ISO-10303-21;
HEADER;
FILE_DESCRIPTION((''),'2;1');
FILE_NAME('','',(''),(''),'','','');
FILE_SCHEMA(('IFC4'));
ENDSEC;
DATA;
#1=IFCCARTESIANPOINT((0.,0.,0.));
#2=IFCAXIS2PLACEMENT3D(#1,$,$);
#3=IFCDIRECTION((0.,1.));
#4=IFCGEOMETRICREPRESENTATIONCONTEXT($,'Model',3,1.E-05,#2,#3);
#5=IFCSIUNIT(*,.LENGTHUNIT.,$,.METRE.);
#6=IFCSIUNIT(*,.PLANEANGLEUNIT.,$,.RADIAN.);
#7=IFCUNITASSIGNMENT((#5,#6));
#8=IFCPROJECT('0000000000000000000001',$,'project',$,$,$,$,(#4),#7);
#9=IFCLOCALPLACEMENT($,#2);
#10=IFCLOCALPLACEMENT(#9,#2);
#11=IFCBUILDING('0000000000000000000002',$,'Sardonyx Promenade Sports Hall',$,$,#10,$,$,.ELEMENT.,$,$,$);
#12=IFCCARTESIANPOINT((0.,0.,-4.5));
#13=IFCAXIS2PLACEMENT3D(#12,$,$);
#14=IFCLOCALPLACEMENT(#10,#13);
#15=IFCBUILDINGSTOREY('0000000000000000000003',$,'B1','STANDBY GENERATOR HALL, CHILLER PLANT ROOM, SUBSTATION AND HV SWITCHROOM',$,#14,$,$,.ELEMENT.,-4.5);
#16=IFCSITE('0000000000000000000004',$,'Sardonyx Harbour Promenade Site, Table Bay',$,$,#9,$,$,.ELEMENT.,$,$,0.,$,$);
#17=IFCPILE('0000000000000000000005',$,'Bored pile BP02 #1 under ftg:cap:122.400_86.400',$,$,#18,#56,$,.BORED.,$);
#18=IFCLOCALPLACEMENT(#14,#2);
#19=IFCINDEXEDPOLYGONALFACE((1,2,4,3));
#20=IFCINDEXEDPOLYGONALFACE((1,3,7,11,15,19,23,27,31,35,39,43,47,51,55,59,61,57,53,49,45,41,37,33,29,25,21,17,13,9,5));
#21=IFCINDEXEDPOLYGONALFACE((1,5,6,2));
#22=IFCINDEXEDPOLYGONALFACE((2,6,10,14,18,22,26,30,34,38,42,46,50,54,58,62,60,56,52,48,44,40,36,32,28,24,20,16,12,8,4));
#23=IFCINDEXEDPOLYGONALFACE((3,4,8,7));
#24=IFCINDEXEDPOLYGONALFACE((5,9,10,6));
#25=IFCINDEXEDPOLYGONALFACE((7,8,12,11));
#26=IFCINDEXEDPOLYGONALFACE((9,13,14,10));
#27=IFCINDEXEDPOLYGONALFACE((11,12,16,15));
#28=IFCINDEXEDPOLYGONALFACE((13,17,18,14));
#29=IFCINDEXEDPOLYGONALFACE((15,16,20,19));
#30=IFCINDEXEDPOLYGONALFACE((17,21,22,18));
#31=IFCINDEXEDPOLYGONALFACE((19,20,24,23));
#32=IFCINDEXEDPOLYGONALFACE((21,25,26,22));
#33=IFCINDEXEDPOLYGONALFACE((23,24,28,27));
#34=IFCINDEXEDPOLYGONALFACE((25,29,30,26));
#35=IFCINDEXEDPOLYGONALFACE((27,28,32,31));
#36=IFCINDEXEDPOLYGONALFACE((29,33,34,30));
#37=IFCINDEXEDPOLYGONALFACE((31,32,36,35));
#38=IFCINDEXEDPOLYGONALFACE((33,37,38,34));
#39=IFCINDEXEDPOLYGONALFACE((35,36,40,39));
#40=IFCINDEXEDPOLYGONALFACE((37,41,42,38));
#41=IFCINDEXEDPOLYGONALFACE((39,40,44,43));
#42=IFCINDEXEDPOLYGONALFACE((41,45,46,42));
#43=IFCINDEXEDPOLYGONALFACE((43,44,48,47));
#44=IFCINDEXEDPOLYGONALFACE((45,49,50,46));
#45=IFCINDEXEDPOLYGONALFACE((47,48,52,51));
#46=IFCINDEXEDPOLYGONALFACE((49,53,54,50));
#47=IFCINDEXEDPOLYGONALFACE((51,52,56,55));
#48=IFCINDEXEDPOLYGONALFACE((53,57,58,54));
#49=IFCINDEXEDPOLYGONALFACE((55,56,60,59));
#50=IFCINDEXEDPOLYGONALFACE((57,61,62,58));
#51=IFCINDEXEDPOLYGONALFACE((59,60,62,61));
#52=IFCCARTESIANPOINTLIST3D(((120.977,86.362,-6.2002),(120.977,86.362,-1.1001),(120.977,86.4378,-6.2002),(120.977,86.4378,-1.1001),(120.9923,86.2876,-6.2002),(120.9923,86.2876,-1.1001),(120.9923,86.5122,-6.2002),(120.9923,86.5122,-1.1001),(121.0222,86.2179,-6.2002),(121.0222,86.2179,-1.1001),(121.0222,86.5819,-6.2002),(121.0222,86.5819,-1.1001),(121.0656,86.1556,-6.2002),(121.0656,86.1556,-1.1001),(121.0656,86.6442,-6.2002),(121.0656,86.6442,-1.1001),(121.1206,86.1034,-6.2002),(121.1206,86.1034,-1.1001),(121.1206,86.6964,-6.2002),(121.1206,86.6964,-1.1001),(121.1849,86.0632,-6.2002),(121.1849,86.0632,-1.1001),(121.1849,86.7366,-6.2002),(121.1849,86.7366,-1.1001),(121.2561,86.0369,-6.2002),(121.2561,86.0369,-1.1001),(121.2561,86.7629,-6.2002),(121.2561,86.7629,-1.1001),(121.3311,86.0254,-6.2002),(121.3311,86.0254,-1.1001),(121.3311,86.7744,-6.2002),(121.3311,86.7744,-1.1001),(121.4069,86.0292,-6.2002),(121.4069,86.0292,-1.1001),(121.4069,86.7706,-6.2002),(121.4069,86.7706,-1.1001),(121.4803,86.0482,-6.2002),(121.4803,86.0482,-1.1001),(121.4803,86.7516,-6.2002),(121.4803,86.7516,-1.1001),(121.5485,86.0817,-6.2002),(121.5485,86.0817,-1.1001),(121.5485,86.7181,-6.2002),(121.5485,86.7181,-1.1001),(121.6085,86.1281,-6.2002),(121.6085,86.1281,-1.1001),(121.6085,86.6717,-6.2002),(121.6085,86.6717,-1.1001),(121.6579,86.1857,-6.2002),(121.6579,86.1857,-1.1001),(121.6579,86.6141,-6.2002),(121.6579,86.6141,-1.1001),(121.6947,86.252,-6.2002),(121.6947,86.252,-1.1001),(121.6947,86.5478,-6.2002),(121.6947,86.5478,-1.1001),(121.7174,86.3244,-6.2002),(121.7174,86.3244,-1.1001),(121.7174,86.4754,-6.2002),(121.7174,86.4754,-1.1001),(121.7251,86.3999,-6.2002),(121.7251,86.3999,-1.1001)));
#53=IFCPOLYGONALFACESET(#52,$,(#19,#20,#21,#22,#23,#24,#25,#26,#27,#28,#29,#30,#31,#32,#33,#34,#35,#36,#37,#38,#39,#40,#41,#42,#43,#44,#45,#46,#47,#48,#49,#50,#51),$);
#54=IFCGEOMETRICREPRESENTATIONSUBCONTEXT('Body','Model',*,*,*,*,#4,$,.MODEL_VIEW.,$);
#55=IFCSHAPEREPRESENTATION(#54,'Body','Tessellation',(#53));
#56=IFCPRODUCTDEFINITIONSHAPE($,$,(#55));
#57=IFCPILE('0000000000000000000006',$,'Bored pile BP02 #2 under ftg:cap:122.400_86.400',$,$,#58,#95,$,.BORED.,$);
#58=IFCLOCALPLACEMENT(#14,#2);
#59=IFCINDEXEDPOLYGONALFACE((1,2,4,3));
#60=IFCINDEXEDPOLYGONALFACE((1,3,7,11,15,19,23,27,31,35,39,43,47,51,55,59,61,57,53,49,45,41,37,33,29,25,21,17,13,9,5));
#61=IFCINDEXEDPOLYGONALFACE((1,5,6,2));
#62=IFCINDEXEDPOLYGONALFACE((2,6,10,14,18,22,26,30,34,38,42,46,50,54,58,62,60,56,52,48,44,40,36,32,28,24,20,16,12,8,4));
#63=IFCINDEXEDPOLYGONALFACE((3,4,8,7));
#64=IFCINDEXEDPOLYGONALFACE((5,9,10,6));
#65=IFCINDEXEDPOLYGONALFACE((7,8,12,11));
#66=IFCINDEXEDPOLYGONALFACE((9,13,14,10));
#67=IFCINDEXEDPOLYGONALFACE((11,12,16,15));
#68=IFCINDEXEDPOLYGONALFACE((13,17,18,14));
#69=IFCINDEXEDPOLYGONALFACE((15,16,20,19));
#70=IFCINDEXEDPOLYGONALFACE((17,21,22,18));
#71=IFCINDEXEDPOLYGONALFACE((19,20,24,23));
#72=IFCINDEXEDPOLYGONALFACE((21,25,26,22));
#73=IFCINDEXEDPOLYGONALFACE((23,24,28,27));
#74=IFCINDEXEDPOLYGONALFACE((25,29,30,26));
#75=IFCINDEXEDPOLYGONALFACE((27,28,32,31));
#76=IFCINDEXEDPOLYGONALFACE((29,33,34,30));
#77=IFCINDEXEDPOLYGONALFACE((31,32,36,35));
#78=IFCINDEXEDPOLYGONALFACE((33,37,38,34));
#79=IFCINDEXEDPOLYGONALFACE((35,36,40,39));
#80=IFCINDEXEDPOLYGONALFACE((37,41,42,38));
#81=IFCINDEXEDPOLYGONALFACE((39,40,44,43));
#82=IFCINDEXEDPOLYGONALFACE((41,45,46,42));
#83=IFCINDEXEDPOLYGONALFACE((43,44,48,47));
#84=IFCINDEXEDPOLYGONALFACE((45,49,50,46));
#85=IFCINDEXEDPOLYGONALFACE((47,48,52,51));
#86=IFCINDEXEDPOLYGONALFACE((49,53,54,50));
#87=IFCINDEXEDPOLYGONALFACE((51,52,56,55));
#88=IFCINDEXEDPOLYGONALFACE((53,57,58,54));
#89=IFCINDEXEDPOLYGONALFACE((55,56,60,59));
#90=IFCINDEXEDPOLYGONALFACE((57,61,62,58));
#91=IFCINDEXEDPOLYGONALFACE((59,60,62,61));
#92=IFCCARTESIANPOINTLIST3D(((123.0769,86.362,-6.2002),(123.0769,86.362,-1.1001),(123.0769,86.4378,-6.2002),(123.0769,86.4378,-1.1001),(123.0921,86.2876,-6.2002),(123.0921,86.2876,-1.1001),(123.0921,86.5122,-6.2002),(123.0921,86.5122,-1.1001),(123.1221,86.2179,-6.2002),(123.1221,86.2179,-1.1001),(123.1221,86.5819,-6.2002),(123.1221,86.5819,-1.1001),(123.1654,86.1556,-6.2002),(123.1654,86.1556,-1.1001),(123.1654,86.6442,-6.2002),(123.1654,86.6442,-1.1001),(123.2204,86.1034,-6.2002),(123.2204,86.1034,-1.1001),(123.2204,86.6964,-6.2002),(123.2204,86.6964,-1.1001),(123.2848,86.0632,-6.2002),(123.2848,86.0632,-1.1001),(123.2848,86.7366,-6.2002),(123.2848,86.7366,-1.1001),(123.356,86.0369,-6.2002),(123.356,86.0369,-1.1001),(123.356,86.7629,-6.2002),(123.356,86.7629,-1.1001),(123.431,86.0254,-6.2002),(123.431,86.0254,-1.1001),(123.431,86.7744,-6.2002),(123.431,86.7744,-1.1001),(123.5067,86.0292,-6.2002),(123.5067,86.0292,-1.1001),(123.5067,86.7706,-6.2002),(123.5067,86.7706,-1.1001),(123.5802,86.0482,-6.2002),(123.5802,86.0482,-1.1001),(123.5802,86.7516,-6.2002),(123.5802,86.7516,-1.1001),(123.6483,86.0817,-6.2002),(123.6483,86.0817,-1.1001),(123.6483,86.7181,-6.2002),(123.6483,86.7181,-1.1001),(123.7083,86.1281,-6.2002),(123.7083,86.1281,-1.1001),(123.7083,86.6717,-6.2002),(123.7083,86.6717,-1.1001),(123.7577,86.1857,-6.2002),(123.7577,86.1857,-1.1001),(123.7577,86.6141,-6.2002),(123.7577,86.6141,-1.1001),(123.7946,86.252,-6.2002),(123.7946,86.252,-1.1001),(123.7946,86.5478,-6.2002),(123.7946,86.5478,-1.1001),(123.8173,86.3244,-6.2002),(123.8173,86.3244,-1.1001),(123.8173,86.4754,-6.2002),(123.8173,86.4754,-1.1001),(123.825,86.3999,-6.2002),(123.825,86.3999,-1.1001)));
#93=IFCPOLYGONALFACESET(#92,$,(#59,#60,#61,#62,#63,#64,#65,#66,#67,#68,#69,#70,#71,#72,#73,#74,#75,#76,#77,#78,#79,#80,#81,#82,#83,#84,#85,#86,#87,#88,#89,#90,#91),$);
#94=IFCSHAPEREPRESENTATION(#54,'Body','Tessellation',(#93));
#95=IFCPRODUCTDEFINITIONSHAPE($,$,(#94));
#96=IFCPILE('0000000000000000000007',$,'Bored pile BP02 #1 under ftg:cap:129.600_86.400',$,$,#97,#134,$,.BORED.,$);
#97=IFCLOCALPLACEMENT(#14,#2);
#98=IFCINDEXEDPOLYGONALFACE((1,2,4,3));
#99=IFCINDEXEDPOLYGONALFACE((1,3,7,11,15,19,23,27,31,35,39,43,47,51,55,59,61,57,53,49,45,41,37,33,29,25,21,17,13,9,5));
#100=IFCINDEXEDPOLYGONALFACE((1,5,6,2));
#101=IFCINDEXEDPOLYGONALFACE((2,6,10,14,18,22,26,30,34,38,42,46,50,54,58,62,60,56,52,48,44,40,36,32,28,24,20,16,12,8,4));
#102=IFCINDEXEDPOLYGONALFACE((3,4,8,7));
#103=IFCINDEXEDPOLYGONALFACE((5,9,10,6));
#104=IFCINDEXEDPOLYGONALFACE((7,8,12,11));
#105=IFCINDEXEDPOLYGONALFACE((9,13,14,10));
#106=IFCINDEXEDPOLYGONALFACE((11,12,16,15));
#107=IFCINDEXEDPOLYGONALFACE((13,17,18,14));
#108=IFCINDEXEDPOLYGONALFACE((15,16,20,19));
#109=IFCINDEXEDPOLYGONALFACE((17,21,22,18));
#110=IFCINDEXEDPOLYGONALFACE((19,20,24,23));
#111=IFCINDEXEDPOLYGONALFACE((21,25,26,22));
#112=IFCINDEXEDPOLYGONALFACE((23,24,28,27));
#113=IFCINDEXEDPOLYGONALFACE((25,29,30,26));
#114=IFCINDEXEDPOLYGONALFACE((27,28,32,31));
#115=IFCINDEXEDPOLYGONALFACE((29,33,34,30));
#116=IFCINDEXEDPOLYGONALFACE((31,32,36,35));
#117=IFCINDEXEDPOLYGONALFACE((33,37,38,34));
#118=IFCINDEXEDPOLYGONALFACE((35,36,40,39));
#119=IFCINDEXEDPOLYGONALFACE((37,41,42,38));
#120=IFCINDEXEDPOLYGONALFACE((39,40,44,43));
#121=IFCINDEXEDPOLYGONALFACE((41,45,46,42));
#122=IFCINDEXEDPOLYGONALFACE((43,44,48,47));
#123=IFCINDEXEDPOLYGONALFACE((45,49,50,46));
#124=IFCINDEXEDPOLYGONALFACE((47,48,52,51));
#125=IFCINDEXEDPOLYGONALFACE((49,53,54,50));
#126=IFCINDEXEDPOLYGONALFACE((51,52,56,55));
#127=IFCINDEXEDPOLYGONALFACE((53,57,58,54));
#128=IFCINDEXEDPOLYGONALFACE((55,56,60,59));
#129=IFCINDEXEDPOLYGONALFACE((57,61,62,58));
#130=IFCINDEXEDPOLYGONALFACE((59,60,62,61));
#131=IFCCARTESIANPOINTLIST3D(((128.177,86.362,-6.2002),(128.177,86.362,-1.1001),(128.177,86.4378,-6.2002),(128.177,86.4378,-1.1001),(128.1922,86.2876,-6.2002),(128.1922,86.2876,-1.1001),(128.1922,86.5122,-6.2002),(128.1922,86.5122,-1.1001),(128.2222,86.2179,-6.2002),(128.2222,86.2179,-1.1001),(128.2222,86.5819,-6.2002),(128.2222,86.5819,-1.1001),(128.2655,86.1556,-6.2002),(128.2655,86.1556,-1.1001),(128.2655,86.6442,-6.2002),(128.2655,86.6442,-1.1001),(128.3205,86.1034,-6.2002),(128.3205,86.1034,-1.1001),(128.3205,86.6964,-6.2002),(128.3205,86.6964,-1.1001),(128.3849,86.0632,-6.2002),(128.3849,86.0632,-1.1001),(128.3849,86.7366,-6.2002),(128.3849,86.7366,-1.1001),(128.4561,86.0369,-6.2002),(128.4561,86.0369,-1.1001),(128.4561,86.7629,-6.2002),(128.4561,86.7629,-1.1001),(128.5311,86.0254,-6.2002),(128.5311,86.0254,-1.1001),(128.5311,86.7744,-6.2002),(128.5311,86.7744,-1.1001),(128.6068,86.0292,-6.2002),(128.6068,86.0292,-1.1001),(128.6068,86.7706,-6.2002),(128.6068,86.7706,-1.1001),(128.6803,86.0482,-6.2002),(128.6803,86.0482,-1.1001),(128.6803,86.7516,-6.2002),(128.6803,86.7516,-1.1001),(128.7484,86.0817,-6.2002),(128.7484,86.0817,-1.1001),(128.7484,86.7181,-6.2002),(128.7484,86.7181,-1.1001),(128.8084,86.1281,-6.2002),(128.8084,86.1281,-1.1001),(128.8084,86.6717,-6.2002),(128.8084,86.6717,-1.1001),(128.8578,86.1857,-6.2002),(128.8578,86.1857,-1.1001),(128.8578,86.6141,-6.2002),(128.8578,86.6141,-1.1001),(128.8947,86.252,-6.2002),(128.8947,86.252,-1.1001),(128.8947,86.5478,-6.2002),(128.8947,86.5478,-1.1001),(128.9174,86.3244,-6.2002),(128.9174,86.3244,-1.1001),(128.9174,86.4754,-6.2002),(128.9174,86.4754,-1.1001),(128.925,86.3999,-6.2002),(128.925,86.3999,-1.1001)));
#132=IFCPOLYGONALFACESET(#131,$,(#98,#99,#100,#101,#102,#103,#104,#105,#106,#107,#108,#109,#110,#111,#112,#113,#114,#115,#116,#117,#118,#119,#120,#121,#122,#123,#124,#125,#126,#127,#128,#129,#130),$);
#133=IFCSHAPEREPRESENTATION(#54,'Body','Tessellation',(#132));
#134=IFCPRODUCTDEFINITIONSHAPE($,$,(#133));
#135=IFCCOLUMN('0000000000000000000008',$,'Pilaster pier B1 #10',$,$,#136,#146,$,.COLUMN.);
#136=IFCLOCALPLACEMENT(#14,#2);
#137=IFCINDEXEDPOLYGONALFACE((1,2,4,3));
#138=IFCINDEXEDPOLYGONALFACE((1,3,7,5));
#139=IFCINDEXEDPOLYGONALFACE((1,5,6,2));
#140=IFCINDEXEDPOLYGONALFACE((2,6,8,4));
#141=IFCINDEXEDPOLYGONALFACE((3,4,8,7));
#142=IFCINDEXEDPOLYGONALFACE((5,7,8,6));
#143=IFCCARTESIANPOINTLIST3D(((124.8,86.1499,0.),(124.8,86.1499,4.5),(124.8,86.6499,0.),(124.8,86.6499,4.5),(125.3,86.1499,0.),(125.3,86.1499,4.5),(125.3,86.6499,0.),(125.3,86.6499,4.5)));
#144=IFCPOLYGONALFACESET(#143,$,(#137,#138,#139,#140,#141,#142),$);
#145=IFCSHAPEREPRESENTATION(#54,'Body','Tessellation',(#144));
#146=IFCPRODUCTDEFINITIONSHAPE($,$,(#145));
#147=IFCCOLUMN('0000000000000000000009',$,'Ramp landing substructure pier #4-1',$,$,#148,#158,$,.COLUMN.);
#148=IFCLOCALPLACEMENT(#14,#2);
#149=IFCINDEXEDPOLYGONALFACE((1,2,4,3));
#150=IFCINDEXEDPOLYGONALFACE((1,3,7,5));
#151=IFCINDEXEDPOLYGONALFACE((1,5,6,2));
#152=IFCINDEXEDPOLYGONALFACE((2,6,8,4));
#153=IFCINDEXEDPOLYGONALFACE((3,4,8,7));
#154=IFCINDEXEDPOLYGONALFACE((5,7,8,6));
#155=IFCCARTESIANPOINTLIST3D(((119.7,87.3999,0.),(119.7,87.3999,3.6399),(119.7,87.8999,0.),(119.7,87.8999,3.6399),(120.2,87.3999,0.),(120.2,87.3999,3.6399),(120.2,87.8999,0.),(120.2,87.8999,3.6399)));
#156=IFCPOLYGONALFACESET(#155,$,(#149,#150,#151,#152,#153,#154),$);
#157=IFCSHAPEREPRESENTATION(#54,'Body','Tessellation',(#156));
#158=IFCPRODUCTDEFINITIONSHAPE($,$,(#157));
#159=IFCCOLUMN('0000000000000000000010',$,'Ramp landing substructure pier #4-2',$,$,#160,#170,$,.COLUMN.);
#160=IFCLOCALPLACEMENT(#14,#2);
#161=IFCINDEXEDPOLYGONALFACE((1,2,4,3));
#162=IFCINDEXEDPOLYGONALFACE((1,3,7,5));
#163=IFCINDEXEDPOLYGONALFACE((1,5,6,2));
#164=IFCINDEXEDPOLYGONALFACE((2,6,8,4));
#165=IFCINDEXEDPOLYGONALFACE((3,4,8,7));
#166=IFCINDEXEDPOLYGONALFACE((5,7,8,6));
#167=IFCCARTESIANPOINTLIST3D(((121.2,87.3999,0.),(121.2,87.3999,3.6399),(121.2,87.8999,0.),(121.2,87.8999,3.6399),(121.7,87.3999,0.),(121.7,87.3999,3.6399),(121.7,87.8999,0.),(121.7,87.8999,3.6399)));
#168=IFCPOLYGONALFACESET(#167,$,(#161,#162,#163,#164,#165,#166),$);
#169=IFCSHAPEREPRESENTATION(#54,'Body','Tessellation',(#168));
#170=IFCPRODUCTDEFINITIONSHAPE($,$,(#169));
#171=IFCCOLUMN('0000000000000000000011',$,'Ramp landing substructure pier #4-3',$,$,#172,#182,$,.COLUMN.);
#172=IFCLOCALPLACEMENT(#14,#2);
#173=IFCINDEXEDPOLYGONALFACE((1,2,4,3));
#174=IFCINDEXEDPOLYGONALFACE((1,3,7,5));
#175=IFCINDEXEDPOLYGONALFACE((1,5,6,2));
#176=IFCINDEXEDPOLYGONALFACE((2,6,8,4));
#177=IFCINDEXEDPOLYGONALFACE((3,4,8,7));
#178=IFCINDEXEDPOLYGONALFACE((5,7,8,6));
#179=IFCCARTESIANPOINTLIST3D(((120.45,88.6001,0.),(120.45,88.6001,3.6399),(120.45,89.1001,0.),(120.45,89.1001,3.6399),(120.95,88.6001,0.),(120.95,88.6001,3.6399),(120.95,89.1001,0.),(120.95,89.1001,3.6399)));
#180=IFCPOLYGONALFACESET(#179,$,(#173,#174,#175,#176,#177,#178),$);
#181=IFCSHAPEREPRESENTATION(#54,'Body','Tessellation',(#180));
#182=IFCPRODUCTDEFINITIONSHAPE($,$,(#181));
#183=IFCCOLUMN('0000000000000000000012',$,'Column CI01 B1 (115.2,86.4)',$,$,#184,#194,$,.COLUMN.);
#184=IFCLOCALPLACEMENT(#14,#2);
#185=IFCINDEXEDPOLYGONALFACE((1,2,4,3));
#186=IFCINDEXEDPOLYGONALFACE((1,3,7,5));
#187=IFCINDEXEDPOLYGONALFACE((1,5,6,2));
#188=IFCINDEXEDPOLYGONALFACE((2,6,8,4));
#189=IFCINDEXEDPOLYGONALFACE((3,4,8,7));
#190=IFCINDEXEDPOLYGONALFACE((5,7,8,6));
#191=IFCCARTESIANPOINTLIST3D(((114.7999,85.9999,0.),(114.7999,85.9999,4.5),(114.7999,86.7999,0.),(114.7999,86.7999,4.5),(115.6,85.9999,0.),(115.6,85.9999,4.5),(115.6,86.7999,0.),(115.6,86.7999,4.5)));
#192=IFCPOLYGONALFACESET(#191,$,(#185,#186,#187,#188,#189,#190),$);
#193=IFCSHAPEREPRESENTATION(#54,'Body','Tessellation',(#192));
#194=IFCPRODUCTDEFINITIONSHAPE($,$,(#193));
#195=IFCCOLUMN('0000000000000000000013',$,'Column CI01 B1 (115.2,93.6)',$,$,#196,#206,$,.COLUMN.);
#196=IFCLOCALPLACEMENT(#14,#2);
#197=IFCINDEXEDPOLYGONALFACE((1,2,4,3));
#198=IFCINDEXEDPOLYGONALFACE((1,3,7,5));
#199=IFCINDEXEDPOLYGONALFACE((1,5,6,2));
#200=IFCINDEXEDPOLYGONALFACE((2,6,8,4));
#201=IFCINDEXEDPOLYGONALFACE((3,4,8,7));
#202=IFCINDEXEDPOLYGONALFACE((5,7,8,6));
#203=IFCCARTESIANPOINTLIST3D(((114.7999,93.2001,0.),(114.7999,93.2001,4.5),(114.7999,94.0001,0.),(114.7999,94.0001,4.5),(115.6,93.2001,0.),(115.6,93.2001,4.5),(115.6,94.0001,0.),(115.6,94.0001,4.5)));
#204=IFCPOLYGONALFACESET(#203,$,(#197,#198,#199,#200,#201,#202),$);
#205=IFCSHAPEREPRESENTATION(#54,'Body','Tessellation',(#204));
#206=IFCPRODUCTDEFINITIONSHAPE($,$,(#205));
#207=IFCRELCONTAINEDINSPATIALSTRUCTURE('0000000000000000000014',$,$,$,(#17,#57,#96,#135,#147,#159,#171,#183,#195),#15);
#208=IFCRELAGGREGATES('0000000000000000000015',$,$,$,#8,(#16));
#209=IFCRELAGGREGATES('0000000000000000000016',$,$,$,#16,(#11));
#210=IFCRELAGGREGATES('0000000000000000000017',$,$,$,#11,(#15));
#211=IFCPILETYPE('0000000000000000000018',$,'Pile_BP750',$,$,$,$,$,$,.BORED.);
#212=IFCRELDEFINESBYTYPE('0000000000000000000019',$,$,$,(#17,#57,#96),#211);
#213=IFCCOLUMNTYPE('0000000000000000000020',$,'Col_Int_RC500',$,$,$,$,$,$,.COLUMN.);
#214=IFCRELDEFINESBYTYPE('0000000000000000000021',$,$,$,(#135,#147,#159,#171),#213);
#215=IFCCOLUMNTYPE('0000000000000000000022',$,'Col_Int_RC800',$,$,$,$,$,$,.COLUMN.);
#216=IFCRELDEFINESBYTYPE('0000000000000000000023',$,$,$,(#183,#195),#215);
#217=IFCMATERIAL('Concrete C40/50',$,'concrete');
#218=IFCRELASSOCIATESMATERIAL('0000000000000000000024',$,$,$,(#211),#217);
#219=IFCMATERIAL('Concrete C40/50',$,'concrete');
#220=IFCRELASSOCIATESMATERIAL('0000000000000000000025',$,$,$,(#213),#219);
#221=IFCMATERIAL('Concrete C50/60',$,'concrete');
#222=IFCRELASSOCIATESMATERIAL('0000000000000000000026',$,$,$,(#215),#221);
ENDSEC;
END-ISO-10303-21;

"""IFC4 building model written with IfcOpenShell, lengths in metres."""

from ifc_helpers import new_model, si_unit, direction, frame, origin, origin_2d, place, context, subcontext, project, spatial, rectangle, circle, extrude, material, material_profile, profile_set, type_object, element, save


model = new_model("IFC4")

# Units and contexts
model_context = context("Model", 3, precision=1e-05, world=origin(), true_north=direction((0.0, 1.0)))
body_context = subcontext(model_context, "Body", "Model", "MODEL_VIEW")
ifc_project = project(units=[si_unit("LENGTHUNIT", "METRE"), si_unit("PLANEANGLEUNIT", "RADIAN")], contexts=[model_context])

# Site, building, storey
site_placement = place(None, origin())
site = spatial("IfcSite", under=ifc_project, at=site_placement, Name="Sardonyx Harbour Promenade Site, Table Bay", CompositionType="ELEMENT", RefElevation=0.0)
building_placement = place(site_placement, origin())
building = spatial("IfcBuilding", under=site, at=building_placement, Name="Sardonyx Promenade Sports Hall", CompositionType="ELEMENT")
storey_placement = place(building_placement, frame((0.0, 0.0, -4.5)))
storey = spatial("IfcBuildingStorey", under=building, at=storey_placement, Name="B1", Description="STANDBY GENERATOR HALL, CHILLER PLANT ROOM, SUBSTATION AND HV SWITCHROOM", CompositionType="ELEMENT", Elevation=-4.5)

# Piles
ifc_material_1 = material(Name="Concrete C40/50", Category="concrete")
ifc_material_profile_1 = material_profile(ifc_material_1, circle(Radius=0.375, at=origin_2d()))
ifc_profile_set_1 = profile_set([ifc_material_profile_1], Name="Concrete C40/50")
pile_type = type_object("IfcPileType", Name="Pile_BP750", PredefinedType="BORED", material=ifc_profile_set_1)
for number, where, z_axis, x_axis, name in (
    (1, (121.3501, 86.3999, -1.1001), (0.0, 0.0, -1.0), (1.0, 0.0, 0.0), "Bored pile BP02 #1 under ftg:cap:122.400_86.400"),
    (2, (123.45, 86.3999, -1.1001), (0.0, 0.0, -1.0), (1.0, 0.0, 0.0), "Bored pile BP02 #2 under ftg:cap:122.400_86.400"),
    (3, (128.55, 86.3999, -1.1001), (0.0, 0.0, -1.0), (1.0, 0.0, 0.0), "Bored pile BP02 #1 under ftg:cap:129.600_86.400"),
):
    element("IfcPile", number, at=place(storey_placement, frame(where, z_axis=z_axis, x_axis=x_axis)), inside=storey, type_object=pile_type, Name=name, PredefinedType="BORED", context=body_context, shape_type="SweptSolid", body=[
        extrude(circle(Radius=0.375, at=origin_2d()), origin(), (0.0, 0.0, 1.0), 5.1001),
    ])

# Columns
ifc_material_2 = material(Name="Concrete C40/50", Category="concrete")
ifc_material_profile_2 = material_profile(ifc_material_2, rectangle(XDim=0.5, YDim=0.5, at=origin_2d()))
ifc_profile_set_2 = profile_set([ifc_material_profile_2], Name="Concrete C40/50")
column_type_1 = type_object("IfcColumnType", Name="Col_Int_RC500", PredefinedType="COLUMN", material=ifc_profile_set_2)
column_1_placement = place(storey_placement, frame((125.05, 86.3999, 0.0), z_axis=(0.0, 0.0, 1.0), x_axis=(1.0, 0.0, 0.0)))
element("IfcColumn", 4, at=column_1_placement, inside=storey, type_object=column_type_1, Name="Pilaster pier B1 #10", PredefinedType="COLUMN", context=body_context, shape_type="SweptSolid", body=[
    extrude(rectangle(XDim=0.5, YDim=0.5, at=origin_2d()), origin(), (0.0, 0.0, 1.0), 4.5),
])
for number, where, z_axis, x_axis, name in (
    (5, (119.95, 87.6499, 0.0), (0.0, 0.0, 1.0), (1.0, 0.0, 0.0), "Ramp landing substructure pier #4-1"),
    (6, (121.45, 87.6499, 0.0), (0.0, 0.0, 1.0), (1.0, 0.0, 0.0), "Ramp landing substructure pier #4-2"),
    (7, (120.7, 88.8501, 0.0), (0.0, 0.0, 1.0), (1.0, 0.0, 0.0), "Ramp landing substructure pier #4-3"),
):
    element("IfcColumn", number, at=place(storey_placement, frame(where, z_axis=z_axis, x_axis=x_axis)), inside=storey, type_object=column_type_1, Name=name, PredefinedType="COLUMN", context=body_context, shape_type="SweptSolid", body=[
        extrude(rectangle(XDim=0.5, YDim=0.5, at=origin_2d()), origin(), (0.0, 0.0, 1.0), 3.6399),
    ])
ifc_material_3 = material(Name="Concrete C50/60", Category="concrete")
ifc_material_profile_3 = material_profile(ifc_material_3, rectangle(XDim=0.8, YDim=0.8, at=origin_2d()))
ifc_profile_set_3 = profile_set([ifc_material_profile_3], Name="Concrete C50/60")
column_type_2 = type_object("IfcColumnType", Name="Col_Int_RC800", PredefinedType="COLUMN", material=ifc_profile_set_3)
for number, where, z_axis, x_axis, name in (
    (8, (115.2, 86.3999, 0.0), (0.0, 0.0, 1.0), (1.0, 0.0, 0.0), "Column CI01 B1 (115.2,86.4)"),
    (9, (115.2, 93.6001, 0.0), (0.0, 0.0, 1.0), (1.0, 0.0, 0.0), "Column CI01 B1 (115.2,93.6)"),
):
    element("IfcColumn", number, at=place(storey_placement, frame(where, z_axis=z_axis, x_axis=x_axis)), inside=storey, type_object=column_type_2, Name=name, PredefinedType="COLUMN", context=body_context, shape_type="SweptSolid", body=[
        extrude(rectangle(XDim=0.8, YDim=0.8, at=origin_2d()), origin(), (0.0, 0.0, 1.0), 4.5),
    ])

save(model, "model.ifc")
